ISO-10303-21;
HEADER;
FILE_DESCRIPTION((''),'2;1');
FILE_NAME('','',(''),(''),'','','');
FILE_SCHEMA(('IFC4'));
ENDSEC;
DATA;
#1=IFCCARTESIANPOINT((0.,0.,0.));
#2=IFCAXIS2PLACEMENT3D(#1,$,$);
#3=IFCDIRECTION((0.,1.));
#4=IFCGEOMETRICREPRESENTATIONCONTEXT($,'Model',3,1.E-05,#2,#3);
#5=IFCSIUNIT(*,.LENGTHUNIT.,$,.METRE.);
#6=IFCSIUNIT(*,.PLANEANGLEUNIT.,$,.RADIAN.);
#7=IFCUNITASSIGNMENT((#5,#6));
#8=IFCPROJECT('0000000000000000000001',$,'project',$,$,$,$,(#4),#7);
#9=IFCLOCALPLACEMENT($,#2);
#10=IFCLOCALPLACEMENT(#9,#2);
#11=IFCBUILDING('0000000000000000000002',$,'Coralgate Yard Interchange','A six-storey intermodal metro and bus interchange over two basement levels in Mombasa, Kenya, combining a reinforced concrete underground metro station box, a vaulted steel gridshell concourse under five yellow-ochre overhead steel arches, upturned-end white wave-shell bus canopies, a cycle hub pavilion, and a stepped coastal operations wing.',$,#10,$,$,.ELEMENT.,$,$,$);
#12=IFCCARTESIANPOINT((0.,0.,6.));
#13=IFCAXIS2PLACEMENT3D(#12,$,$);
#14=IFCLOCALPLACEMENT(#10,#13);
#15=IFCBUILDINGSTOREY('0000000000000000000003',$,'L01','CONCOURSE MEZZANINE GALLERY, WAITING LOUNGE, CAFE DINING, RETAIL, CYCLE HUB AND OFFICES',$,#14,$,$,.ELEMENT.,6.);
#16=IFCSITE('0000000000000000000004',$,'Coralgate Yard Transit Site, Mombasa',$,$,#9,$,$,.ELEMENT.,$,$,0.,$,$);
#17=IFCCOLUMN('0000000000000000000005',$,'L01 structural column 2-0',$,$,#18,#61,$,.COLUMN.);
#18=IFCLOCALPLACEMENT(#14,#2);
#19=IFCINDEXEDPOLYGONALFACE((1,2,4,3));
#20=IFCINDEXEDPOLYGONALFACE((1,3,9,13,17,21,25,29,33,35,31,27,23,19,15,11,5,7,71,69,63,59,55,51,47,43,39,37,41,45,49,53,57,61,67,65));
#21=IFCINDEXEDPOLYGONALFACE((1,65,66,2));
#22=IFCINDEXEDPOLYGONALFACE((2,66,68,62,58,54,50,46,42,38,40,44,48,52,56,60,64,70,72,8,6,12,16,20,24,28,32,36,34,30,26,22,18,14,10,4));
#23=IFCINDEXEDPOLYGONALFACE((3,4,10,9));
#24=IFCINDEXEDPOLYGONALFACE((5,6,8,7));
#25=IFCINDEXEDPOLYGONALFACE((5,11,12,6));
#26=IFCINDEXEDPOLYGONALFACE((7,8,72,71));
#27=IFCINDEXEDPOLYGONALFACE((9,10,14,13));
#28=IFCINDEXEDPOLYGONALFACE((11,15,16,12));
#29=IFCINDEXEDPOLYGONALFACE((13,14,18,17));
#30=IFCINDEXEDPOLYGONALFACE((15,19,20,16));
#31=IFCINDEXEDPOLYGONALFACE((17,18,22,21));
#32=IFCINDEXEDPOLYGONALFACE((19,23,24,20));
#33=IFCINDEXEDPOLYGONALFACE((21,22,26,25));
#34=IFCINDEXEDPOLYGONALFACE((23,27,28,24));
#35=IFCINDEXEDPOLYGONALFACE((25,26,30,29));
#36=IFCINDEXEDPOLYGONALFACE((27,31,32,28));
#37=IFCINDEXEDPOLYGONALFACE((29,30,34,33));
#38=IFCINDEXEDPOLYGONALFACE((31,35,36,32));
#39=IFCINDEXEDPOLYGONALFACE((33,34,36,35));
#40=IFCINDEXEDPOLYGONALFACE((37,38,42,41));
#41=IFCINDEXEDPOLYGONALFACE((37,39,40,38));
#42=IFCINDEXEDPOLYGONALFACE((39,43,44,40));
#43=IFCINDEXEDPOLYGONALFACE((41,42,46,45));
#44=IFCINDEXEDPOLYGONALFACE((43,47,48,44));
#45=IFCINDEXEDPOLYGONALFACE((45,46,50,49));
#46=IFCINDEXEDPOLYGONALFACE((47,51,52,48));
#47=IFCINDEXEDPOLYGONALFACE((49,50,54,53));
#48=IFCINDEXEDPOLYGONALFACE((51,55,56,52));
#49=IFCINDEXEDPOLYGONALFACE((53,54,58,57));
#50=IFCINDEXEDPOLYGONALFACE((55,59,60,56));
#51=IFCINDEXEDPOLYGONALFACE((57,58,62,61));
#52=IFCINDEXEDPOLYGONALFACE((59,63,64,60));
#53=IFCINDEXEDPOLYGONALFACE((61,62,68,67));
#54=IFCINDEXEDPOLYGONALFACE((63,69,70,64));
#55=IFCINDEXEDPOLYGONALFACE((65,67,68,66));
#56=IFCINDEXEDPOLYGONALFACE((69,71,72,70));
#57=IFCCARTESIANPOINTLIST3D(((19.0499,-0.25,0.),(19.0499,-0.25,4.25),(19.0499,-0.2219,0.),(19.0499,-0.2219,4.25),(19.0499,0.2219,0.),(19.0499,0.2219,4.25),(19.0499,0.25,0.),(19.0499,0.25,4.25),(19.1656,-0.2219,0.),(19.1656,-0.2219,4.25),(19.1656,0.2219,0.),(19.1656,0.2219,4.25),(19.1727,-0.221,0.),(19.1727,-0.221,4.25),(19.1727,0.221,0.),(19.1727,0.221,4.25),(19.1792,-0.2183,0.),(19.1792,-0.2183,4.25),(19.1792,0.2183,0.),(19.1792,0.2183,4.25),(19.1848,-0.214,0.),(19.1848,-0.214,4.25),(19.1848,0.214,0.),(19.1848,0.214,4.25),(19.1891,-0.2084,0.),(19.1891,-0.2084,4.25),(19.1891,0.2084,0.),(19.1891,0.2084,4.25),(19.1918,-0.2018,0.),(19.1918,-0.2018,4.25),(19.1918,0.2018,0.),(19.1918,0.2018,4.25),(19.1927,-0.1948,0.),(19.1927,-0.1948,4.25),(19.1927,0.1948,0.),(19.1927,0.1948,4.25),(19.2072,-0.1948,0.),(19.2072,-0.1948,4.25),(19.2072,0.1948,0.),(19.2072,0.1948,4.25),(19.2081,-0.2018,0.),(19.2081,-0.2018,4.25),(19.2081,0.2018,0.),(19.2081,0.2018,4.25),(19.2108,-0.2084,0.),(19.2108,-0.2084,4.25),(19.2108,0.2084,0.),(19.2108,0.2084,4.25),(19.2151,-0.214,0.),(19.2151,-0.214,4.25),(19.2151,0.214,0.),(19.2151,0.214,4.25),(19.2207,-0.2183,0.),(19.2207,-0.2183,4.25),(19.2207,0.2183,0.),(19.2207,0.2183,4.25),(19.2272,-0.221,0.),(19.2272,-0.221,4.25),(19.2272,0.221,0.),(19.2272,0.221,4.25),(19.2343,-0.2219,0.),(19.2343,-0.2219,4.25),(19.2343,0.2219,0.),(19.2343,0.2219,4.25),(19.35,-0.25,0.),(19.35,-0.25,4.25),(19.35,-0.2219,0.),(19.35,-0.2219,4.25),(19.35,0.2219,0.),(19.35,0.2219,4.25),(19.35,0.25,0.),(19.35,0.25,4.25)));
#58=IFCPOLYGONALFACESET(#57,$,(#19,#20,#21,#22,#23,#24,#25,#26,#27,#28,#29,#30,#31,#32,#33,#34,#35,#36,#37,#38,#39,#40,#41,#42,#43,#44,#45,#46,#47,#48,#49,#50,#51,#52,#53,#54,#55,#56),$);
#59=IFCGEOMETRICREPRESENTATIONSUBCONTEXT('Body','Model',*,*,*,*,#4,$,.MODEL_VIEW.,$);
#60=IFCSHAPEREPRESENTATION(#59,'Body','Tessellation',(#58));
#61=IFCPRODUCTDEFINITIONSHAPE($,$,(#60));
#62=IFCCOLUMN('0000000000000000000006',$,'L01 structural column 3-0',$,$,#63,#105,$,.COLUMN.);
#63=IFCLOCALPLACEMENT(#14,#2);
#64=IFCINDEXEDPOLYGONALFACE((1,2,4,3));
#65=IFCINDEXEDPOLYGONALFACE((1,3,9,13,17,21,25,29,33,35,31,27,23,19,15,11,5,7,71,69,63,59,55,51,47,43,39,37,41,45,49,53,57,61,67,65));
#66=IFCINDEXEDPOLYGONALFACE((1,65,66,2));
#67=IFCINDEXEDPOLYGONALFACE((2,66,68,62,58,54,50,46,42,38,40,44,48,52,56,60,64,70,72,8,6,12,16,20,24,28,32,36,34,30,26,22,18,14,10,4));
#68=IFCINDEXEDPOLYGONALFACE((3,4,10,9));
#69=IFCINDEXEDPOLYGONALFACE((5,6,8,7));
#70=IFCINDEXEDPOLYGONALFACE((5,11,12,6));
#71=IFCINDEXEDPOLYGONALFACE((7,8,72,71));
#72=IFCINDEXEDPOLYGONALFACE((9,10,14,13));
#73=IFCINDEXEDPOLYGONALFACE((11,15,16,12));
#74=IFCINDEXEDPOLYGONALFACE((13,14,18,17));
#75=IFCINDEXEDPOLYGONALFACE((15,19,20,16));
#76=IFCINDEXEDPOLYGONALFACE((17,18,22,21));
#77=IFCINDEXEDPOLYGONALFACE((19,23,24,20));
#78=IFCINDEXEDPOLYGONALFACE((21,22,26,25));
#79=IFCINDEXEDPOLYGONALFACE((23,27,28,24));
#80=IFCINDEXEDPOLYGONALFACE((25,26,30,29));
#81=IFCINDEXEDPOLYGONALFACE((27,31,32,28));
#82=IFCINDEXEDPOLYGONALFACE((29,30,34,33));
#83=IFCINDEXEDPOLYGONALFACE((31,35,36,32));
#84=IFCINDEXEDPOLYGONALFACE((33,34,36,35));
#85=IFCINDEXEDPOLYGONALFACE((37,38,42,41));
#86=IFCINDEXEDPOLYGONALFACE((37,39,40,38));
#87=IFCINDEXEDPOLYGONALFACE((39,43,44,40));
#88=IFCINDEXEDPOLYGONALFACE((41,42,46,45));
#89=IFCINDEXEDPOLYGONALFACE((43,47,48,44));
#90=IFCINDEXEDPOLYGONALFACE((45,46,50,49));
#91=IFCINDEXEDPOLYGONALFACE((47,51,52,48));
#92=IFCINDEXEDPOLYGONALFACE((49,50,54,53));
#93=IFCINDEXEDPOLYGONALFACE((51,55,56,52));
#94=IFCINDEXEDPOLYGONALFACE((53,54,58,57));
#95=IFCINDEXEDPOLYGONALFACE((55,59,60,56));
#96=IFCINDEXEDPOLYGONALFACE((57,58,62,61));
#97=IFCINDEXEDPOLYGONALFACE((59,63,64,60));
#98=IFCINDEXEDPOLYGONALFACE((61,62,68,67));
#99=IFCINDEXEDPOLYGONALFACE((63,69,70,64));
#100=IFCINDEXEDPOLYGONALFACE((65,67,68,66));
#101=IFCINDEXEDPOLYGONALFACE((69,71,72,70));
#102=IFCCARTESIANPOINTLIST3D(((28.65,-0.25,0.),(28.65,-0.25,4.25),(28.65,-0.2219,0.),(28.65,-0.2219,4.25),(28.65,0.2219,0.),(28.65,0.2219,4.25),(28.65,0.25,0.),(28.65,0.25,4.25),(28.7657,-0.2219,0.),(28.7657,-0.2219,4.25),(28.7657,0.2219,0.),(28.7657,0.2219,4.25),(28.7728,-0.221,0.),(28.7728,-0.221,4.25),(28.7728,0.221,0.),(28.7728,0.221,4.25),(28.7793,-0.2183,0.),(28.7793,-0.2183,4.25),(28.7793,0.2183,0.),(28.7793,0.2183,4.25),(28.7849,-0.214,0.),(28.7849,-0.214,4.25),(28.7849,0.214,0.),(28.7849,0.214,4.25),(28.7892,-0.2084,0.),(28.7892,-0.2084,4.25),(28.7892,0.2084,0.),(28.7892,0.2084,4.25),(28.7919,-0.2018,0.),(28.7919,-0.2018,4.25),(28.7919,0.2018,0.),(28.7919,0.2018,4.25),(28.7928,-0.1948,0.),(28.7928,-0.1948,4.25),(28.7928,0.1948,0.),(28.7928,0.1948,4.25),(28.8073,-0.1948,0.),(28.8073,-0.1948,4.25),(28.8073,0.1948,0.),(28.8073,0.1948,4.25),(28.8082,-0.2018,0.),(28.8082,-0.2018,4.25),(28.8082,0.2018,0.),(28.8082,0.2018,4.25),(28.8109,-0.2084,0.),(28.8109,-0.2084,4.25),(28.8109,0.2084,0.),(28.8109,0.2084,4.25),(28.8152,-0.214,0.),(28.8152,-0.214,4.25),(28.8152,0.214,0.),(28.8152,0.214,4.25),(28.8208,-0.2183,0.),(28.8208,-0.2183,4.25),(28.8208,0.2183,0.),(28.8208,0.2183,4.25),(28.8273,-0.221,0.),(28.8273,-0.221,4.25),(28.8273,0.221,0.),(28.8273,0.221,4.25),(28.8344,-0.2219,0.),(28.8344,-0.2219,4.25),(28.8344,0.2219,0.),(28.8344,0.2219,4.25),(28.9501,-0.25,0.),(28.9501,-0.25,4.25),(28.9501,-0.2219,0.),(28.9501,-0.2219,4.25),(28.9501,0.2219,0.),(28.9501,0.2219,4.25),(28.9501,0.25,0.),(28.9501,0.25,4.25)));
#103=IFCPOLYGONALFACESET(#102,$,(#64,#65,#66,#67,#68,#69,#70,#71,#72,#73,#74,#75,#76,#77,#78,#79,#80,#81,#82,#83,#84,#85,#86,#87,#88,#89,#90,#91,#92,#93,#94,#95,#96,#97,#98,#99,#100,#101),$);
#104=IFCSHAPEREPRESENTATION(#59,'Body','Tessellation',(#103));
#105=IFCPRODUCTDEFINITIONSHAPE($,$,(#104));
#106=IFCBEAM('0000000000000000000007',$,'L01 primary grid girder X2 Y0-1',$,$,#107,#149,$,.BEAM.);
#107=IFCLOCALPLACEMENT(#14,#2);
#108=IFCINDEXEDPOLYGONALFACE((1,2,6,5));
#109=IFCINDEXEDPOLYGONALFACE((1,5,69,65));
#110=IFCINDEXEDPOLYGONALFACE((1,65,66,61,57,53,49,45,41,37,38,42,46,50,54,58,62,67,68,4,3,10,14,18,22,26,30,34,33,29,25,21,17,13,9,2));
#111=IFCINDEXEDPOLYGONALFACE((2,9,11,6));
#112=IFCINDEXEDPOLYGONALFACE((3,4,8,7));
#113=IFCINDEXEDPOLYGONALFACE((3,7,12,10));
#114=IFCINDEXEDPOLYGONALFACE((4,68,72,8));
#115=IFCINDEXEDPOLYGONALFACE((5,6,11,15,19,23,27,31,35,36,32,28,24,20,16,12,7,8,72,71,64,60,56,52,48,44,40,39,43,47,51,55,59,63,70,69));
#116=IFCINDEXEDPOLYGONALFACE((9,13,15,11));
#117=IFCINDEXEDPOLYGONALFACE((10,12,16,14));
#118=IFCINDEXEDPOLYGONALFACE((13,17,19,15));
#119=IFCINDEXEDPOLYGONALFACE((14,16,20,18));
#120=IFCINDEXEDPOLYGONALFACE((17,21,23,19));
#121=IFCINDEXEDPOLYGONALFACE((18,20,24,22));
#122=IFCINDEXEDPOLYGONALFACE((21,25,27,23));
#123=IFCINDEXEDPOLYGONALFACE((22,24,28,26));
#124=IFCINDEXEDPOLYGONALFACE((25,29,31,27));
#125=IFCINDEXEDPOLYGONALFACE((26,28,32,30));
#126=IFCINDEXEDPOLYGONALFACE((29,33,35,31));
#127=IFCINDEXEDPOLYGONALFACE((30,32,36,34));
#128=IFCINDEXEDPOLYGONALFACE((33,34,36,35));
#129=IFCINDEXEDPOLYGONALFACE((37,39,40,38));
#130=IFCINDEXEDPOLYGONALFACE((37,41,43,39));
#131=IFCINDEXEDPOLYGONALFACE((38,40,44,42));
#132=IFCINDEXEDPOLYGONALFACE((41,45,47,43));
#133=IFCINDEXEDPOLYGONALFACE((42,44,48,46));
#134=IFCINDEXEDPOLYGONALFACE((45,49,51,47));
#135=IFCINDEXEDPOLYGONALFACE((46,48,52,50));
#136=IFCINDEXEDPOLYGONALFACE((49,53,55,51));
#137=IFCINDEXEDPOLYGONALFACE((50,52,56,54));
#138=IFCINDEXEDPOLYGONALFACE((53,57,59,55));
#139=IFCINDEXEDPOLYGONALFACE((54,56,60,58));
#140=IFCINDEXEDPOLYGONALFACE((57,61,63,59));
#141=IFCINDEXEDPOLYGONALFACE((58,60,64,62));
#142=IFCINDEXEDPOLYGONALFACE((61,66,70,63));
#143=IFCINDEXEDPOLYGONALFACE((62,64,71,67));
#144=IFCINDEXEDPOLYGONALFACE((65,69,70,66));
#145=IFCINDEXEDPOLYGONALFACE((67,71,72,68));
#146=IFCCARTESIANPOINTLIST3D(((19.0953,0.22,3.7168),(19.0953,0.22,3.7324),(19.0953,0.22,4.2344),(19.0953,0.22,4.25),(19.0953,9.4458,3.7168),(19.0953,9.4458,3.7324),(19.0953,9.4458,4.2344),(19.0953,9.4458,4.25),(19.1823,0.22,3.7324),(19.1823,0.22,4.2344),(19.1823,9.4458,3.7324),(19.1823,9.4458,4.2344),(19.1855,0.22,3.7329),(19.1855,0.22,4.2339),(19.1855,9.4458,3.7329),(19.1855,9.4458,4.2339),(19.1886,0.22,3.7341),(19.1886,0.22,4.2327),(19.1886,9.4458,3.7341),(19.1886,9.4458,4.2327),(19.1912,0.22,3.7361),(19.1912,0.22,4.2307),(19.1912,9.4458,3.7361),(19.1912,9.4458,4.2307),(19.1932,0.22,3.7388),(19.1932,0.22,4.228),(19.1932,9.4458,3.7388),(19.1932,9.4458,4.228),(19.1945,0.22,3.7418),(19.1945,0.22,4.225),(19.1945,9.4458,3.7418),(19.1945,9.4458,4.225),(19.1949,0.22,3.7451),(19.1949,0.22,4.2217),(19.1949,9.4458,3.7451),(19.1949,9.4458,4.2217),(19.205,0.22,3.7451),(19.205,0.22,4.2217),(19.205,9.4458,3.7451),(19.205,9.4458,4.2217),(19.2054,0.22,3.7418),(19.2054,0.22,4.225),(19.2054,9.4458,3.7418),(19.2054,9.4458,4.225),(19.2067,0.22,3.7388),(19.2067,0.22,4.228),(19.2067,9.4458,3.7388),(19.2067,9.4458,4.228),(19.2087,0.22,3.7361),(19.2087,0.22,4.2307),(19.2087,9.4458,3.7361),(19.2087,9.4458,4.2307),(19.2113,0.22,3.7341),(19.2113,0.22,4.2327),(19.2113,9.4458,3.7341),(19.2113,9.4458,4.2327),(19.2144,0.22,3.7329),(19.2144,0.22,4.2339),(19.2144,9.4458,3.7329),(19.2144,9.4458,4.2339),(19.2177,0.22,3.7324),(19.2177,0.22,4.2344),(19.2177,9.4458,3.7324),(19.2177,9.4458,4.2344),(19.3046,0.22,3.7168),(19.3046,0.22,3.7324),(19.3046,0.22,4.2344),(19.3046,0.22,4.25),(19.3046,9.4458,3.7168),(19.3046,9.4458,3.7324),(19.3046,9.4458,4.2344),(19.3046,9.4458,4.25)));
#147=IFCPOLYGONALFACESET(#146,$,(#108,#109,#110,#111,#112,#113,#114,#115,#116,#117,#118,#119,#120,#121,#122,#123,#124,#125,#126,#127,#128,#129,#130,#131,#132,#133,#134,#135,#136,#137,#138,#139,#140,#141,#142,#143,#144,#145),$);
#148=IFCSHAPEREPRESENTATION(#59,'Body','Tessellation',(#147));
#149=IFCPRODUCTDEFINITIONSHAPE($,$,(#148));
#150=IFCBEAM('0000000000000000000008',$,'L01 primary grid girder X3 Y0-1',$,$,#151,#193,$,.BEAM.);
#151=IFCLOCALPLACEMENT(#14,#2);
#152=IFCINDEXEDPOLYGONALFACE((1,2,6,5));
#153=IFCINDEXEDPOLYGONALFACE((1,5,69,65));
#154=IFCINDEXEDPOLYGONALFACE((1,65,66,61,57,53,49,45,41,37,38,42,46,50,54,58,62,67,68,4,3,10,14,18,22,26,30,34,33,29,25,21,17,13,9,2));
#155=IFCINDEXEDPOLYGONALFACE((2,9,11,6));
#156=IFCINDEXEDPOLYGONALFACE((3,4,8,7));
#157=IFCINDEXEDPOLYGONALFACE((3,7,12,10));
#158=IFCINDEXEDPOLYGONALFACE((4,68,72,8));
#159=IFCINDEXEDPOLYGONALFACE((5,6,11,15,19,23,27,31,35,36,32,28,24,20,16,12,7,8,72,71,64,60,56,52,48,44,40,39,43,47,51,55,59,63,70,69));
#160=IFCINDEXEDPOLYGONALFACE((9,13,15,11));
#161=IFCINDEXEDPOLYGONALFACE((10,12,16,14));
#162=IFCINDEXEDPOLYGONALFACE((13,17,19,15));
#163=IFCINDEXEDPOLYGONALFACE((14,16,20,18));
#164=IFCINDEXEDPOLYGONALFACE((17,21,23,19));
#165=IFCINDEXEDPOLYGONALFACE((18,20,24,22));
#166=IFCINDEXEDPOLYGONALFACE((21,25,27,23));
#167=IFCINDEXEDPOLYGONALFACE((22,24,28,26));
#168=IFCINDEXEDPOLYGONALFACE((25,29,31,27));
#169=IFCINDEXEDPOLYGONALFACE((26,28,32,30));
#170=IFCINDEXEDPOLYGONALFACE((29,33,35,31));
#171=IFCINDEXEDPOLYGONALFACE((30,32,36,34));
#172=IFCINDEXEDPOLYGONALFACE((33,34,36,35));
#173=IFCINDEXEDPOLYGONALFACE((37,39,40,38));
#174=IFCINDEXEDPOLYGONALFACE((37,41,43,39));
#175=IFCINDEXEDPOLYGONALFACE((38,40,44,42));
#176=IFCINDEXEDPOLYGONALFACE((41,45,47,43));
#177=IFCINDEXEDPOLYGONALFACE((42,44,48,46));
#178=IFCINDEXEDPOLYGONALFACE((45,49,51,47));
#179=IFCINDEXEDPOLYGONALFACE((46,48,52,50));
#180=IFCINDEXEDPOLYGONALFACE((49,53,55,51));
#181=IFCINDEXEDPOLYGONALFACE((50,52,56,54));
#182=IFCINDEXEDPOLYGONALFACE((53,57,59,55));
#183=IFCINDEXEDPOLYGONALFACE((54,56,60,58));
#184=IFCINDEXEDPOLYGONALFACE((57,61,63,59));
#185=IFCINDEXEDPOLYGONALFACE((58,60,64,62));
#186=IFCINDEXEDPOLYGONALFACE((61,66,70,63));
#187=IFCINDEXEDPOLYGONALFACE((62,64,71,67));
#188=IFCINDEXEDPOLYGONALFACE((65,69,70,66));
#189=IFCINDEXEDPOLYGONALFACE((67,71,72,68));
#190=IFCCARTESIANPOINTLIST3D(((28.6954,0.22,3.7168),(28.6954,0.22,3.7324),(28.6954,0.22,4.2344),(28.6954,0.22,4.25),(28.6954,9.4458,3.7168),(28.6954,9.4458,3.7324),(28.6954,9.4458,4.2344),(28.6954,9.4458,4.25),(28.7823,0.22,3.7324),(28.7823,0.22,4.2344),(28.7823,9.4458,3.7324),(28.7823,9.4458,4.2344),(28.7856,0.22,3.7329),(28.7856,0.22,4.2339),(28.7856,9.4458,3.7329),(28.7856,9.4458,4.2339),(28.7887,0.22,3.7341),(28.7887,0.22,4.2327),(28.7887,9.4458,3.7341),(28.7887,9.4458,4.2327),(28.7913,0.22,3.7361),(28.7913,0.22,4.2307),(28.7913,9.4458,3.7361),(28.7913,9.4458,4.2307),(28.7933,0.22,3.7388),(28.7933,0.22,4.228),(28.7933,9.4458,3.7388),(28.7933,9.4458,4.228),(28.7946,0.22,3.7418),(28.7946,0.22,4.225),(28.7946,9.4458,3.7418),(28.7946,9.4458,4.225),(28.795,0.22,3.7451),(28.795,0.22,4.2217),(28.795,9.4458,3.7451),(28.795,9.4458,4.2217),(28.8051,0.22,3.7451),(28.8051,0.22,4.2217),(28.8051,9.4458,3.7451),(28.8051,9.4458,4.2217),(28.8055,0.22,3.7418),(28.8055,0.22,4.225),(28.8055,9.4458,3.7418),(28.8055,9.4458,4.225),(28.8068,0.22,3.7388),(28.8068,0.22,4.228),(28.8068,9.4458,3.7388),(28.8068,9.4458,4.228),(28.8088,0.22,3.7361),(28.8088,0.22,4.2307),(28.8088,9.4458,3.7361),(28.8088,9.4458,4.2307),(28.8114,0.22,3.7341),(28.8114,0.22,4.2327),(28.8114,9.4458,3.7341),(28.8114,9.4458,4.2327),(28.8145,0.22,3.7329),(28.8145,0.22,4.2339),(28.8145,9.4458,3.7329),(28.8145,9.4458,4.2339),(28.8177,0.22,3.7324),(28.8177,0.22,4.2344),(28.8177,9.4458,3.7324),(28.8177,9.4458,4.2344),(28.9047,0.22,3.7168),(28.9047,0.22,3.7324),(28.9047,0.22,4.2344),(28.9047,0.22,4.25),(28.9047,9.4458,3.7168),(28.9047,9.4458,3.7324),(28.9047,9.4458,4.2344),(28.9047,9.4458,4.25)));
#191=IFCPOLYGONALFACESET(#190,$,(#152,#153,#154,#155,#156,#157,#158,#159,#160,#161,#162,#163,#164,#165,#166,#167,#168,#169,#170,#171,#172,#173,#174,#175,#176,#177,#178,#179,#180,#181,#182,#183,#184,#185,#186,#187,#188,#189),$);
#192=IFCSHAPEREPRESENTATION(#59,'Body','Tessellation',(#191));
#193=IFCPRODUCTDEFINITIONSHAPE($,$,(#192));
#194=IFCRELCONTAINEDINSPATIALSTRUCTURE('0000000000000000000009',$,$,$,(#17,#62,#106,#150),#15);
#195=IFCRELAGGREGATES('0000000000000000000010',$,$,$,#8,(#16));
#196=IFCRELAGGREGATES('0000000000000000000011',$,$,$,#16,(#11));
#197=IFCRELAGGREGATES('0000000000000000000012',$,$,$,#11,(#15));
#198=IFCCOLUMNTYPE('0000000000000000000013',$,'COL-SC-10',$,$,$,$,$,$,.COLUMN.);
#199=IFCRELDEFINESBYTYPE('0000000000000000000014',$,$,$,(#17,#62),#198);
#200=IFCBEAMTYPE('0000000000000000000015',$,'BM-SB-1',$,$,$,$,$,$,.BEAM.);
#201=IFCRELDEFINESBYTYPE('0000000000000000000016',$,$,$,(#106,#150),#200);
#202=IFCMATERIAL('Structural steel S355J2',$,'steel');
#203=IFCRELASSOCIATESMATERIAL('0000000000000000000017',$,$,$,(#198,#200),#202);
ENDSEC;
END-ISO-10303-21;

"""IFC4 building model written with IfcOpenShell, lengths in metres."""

from ifc_helpers import new_model, si_unit, direction, frame, origin, origin_2d, place, context, subcontext, project, spatial, i_section, extrude, material, material_profile, profile_set, type_object, element, save


model = new_model("IFC4")

# Units and contexts
model_context = context("Model", 3, precision=1e-05, world=origin(), true_north=direction((0.0, 1.0)))
body_context = subcontext(model_context, "Body", "Model", "MODEL_VIEW")
ifc_project = project(units=[si_unit("LENGTHUNIT", "METRE"), si_unit("PLANEANGLEUNIT", "RADIAN")], contexts=[model_context])

# Site, building, storey
site_placement = place(None, origin())
site = spatial("IfcSite", under=ifc_project, at=site_placement, Name="Coralgate Yard Transit Site, Mombasa", CompositionType="ELEMENT", RefElevation=0.0)
building_placement = place(site_placement, origin())
building = spatial("IfcBuilding", under=site, at=building_placement, Name="Coralgate Yard Interchange", Description="A six-storey intermodal metro and bus interchange over two basement levels in Mombasa, Kenya, combining a reinforced concrete underground metro station box, a vaulted steel gridshell concourse under five yellow-ochre overhead steel arches, upturned-end white wave-shell bus canopies, a cycle hub pavilion, and a stepped coastal operations wing.", CompositionType="ELEMENT")
storey_placement = place(building_placement, frame((0.0, 0.0, 6.0)))
storey = spatial("IfcBuildingStorey", under=building, at=storey_placement, Name="L01", Description="CONCOURSE MEZZANINE GALLERY, WAITING LOUNGE, CAFE DINING, RETAIL, CYCLE HUB AND OFFICES", CompositionType="ELEMENT", Elevation=6.0)

# Columns
ifc_material_1 = material(Name="Structural steel S355J2", Category="steel")
ifc_material_profile_1 = material_profile(ifc_material_1, i_section(OverallWidth=0.3, OverallDepth=0.5, WebThickness=0.0144, FlangeThickness=0.0281, FilletRadius=0.0271, at=origin_2d()), Name="HEB 500")
ifc_profile_set_1 = profile_set([ifc_material_profile_1], Name="Structural steel S355J2")
column_type = type_object("IfcColumnType", Name="COL-SC-10", PredefinedType="COLUMN", material=ifc_profile_set_1)
for number, where, z_axis, x_axis, name in (
    (1, (19.2, 0.0, 0.0), (0.0, 0.0, 1.0), (1.0, 0.0, 0.0), "L01 structural column 2-0"),
    (2, (28.8, 0.0, 0.0), (0.0, 0.0, 1.0), (1.0, 0.0, 0.0), "L01 structural column 3-0"),
):
    element("IfcColumn", number, at=place(storey_placement, frame(where, z_axis=z_axis, x_axis=x_axis)), inside=storey, type_object=column_type, Name=name, PredefinedType="COLUMN", context=body_context, shape_type="SweptSolid", body=[
        extrude(i_section(OverallWidth=0.3, OverallDepth=0.5, WebThickness=0.0144, FlangeThickness=0.0281, FilletRadius=0.0271, at=origin_2d()), origin(), (0.0, 0.0, 1.0), 4.25),
    ])

# Beams
ifc_material_profile_2 = material_profile(ifc_material_1, i_section(OverallWidth=0.2092, OverallDepth=0.5332, WebThickness=0.01, FlangeThickness=0.0156, FilletRadius=0.0127, at=origin_2d()), Name="UB 533x210x92")
ifc_profile_set_2 = profile_set([ifc_material_profile_2], Name="Structural steel S355J2")
beam_type_1 = type_object("IfcBeamType", Name="BM-SB-1", PredefinedType="BEAM", material=ifc_profile_set_2)
for number, where, z_axis, x_axis, name in (
    (3, (19.2, 0.22, 3.9834), (0.0, 1.0, 0.0), (-1.0, 0.0, 0.0), "L01 primary grid girder X2 Y0-1"),
    (4, (28.8, 0.22, 3.9834), (0.0, 1.0, 0.0), (-1.0, 0.0, 0.0), "L01 primary grid girder X3 Y0-1"),
):
    element("IfcBeam", number, at=place(storey_placement, frame(where, z_axis=z_axis, x_axis=x_axis)), inside=storey, type_object=beam_type_1, Name=name, PredefinedType="BEAM", context=body_context, shape_type="SweptSolid", body=[
        extrude(i_section(OverallWidth=0.2092, OverallDepth=0.5332, WebThickness=0.01, FlangeThickness=0.0156, FilletRadius=0.0127, at=origin_2d()), origin(), (0.0, 0.0, 1.0), 9.2258),
    ])

save(model, "model.ifc")
